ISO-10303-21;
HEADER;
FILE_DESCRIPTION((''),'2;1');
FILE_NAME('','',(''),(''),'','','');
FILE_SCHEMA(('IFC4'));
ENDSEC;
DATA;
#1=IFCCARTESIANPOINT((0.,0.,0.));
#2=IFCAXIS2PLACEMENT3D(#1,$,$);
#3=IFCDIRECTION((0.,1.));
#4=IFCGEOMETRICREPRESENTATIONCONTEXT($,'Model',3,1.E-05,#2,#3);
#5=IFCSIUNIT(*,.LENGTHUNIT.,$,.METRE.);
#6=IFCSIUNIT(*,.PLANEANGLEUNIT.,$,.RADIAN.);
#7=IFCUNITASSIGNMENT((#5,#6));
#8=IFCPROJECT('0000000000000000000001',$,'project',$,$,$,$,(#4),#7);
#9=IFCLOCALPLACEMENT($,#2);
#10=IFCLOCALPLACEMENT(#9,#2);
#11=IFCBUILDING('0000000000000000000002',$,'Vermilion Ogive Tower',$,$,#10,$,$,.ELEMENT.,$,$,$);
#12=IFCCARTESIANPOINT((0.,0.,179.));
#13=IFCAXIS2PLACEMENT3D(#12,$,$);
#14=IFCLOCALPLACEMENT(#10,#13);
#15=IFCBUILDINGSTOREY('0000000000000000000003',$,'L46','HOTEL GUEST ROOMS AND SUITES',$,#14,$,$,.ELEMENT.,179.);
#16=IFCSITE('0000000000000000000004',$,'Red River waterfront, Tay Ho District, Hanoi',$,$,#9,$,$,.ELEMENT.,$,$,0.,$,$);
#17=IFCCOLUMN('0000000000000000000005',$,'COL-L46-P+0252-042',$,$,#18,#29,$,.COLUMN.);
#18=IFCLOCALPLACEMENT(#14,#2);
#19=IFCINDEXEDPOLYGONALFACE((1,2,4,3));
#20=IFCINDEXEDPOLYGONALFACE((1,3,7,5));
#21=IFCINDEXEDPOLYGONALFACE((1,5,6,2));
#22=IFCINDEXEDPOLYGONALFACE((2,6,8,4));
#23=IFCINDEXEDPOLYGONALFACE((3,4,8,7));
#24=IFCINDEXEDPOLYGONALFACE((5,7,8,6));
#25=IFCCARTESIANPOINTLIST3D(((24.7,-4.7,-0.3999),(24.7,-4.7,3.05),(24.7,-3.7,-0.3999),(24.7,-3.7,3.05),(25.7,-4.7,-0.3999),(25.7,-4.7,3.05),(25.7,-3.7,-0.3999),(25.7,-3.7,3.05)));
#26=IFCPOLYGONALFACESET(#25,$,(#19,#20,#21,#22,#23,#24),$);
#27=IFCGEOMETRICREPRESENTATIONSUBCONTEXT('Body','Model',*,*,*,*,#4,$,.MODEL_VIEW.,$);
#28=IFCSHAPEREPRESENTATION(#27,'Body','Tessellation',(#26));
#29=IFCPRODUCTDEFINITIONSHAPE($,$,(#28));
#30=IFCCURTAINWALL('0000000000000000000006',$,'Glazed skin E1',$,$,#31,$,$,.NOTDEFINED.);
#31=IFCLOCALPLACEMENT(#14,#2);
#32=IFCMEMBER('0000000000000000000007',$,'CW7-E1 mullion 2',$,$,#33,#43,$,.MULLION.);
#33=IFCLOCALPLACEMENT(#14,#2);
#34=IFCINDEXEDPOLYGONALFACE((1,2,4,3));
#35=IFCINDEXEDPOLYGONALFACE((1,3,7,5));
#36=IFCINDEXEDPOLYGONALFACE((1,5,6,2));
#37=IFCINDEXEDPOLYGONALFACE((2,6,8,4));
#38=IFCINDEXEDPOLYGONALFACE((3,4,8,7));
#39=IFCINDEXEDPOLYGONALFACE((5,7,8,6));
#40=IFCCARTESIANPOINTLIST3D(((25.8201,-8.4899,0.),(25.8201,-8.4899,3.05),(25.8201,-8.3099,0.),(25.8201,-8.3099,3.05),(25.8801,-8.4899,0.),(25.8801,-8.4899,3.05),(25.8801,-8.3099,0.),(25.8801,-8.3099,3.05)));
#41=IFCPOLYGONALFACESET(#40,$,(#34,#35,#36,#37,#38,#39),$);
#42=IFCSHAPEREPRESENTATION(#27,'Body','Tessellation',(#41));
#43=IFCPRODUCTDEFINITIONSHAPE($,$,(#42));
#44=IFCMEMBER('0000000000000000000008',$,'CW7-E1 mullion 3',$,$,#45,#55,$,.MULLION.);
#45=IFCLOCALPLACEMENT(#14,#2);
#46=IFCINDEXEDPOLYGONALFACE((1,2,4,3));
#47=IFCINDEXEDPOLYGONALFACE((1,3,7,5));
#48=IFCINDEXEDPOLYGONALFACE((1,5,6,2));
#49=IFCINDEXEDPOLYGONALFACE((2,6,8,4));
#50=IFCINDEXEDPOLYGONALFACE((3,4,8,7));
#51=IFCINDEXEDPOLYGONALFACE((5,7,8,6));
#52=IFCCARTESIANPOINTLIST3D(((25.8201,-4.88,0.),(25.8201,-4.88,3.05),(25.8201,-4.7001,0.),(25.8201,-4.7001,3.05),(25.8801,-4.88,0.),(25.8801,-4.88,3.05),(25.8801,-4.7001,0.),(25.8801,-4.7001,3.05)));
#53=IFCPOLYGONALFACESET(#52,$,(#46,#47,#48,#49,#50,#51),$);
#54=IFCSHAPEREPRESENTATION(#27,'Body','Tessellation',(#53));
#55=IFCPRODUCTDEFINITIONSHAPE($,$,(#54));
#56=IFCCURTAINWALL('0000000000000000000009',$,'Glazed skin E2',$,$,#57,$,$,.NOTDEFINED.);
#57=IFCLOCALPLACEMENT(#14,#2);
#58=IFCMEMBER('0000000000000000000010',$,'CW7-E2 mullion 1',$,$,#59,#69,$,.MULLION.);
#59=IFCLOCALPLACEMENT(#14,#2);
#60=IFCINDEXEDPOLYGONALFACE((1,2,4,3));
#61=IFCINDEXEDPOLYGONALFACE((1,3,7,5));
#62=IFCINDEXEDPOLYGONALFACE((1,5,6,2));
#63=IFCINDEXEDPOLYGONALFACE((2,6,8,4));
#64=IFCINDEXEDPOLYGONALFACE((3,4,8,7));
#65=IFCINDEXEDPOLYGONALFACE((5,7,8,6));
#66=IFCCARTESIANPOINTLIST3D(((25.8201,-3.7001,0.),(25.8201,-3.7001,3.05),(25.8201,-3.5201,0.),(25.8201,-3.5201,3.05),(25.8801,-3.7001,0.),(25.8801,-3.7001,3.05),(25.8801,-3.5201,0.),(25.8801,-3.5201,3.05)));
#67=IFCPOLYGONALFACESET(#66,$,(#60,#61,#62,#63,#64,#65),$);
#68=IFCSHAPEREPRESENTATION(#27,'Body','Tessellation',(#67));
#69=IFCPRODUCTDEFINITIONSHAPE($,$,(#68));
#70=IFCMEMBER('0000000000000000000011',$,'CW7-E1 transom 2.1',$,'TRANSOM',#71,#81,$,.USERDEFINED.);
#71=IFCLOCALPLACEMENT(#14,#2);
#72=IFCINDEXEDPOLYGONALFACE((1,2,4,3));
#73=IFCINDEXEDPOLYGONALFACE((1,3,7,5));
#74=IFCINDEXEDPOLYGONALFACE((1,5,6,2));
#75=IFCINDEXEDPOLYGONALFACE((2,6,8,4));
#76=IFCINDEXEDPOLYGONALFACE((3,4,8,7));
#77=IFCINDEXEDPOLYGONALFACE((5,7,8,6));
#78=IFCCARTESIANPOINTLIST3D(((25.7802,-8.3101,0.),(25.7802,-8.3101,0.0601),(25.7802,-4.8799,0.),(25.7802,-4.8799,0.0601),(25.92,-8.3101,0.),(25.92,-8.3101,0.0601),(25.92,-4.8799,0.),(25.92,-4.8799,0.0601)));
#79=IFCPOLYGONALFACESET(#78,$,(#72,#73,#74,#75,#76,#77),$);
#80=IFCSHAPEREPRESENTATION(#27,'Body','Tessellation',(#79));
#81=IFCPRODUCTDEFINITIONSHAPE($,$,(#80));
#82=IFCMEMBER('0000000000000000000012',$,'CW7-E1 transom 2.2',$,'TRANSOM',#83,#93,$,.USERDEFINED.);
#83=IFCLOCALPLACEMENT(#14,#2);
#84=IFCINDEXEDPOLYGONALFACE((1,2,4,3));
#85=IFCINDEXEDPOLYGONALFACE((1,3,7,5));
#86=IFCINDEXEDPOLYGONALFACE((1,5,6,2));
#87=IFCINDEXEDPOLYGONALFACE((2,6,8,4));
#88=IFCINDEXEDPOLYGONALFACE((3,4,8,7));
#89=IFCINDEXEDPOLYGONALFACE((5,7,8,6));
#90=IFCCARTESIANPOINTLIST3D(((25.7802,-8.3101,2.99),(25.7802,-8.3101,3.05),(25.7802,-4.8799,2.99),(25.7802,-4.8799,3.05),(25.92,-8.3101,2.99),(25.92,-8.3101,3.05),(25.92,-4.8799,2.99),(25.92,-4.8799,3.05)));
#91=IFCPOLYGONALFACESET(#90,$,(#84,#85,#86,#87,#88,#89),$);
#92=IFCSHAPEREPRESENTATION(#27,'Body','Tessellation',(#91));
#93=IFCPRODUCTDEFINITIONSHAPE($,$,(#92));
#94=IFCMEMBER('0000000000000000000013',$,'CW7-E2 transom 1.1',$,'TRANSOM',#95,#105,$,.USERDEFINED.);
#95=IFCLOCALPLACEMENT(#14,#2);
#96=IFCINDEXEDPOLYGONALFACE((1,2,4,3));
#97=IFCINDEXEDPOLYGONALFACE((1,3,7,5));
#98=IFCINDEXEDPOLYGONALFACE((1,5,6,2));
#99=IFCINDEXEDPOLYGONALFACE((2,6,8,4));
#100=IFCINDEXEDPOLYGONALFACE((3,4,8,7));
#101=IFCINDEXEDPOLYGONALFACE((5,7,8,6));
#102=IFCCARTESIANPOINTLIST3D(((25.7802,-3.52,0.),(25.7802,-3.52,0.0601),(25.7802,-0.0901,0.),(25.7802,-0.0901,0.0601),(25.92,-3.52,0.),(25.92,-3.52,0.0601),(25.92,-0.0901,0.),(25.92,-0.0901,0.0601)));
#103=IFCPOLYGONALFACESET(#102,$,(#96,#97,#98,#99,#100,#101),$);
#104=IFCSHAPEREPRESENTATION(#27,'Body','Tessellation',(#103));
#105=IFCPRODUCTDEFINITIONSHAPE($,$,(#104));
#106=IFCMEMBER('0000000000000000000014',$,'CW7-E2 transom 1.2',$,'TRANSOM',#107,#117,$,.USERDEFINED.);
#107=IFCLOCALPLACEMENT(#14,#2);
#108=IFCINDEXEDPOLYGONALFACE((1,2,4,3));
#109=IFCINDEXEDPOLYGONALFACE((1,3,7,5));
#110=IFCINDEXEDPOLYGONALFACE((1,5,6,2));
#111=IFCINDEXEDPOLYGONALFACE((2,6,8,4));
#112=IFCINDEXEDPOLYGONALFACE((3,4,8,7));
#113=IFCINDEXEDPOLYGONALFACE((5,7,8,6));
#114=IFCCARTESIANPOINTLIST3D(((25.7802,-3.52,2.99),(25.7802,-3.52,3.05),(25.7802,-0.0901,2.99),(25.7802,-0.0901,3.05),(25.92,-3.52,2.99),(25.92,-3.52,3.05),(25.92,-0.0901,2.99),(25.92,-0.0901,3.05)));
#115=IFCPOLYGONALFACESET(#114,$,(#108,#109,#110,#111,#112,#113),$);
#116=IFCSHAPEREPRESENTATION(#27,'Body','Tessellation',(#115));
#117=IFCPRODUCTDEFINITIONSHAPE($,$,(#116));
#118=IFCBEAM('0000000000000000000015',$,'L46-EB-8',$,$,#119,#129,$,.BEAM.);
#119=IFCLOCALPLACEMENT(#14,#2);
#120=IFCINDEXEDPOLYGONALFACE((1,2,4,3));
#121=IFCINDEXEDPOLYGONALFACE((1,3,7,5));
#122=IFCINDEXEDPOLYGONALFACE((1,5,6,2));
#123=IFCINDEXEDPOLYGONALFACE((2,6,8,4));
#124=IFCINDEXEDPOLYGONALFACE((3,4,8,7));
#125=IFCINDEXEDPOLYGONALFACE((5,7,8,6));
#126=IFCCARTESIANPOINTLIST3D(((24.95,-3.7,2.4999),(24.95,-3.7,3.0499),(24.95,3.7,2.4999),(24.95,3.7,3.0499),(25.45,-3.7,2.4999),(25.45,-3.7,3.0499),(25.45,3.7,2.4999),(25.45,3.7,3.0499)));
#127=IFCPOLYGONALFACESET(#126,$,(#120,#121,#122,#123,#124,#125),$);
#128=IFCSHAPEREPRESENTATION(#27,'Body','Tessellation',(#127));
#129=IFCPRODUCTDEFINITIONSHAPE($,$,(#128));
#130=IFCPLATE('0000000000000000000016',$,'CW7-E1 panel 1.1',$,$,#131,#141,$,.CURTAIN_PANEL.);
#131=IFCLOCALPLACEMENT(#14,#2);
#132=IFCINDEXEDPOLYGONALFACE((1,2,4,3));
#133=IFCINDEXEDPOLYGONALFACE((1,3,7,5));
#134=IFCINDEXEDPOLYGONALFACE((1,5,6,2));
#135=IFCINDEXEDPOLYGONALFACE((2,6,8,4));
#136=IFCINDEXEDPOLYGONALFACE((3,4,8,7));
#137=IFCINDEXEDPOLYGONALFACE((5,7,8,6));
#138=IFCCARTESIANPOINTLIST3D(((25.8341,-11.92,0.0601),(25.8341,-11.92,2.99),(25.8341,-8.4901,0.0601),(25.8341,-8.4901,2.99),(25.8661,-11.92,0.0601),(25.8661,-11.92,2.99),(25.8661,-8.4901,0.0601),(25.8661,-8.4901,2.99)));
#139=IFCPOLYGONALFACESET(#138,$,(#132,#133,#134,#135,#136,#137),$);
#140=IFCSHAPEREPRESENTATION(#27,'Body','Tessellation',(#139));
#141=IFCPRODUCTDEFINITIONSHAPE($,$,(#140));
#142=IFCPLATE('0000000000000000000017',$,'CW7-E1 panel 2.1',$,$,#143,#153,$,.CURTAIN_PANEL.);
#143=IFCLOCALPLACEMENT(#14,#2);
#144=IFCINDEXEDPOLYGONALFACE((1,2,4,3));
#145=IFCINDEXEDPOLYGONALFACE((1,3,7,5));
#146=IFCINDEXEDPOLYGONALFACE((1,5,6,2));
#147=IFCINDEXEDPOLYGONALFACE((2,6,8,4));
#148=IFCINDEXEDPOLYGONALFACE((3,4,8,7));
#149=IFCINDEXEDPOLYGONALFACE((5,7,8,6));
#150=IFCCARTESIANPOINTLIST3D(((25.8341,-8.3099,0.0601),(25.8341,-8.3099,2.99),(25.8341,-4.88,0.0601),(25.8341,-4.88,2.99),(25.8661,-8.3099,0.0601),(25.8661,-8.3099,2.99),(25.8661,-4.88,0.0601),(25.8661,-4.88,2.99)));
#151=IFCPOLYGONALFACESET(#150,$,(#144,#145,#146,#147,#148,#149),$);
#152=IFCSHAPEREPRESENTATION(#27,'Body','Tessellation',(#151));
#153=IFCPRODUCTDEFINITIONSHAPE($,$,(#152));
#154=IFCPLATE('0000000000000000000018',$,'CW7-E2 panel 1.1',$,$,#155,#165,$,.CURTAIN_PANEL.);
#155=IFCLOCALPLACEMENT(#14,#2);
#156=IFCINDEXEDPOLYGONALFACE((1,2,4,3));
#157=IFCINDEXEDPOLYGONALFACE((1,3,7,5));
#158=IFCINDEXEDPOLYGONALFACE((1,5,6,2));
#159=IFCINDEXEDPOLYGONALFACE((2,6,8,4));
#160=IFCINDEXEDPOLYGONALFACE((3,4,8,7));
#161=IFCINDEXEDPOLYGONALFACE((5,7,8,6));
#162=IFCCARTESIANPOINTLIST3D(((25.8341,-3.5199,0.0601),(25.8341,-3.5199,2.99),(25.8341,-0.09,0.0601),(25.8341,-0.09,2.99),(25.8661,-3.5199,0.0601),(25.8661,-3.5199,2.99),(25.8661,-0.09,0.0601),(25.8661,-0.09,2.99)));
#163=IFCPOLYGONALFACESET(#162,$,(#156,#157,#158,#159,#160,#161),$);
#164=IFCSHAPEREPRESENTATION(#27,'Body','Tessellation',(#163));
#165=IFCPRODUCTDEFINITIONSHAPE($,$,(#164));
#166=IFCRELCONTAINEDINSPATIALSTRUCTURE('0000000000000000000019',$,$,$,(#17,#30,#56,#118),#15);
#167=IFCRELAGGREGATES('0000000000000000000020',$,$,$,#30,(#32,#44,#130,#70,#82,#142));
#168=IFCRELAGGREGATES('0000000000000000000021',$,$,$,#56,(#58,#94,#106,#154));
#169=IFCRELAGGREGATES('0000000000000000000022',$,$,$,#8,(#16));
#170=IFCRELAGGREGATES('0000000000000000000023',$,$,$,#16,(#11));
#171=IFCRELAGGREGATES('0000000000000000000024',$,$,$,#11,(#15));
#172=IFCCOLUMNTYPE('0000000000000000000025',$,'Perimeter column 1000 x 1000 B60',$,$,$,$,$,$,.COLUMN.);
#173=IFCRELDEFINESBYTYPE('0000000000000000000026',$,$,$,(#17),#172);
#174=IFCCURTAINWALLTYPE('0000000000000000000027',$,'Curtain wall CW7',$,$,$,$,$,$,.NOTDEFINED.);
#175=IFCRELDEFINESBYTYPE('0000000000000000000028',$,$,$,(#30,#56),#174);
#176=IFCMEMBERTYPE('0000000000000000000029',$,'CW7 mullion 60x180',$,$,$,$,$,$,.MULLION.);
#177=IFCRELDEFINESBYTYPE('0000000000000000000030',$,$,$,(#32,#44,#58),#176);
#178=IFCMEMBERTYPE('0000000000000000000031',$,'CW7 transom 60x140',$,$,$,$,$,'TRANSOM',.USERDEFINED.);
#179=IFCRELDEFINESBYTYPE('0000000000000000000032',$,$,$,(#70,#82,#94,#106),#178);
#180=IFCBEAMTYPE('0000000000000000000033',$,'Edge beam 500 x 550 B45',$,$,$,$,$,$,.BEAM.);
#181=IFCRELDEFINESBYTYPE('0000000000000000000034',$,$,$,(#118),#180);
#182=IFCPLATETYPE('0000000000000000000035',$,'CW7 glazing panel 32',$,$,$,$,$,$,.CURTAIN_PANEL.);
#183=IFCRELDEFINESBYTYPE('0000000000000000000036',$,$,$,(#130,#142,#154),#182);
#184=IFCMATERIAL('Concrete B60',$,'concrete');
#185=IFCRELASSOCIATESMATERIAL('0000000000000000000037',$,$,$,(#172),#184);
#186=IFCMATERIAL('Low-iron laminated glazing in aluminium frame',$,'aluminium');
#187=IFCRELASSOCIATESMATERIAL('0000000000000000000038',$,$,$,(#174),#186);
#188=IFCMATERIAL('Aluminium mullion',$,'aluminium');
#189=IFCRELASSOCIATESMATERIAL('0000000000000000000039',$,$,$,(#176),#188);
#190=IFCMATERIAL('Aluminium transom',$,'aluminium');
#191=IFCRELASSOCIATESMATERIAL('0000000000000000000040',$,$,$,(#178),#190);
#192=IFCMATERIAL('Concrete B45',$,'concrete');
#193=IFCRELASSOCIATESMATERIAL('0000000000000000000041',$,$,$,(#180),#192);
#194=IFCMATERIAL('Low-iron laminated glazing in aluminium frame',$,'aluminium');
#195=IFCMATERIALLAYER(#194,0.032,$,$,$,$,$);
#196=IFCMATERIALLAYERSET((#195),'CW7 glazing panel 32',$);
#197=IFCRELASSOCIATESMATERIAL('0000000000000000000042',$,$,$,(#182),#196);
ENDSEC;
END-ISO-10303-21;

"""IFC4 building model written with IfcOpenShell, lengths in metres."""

from ifc_helpers import new_model, si_unit, direction, frame, origin, origin_2d, place, context, subcontext, project, spatial, rectangle, extrude, material, layer, layer_set, material_profile, profile_set, type_object, element, aggregate, save


model = new_model("IFC4")

# Units and contexts
model_context = context("Model", 3, precision=1e-05, world=origin(), true_north=direction((0.0, 1.0)))
body_context = subcontext(model_context, "Body", "Model", "MODEL_VIEW")
ifc_project = project(units=[si_unit("LENGTHUNIT", "METRE"), si_unit("PLANEANGLEUNIT", "RADIAN")], contexts=[model_context])

# Site, building, storey
site_placement = place(None, origin())
site = spatial("IfcSite", under=ifc_project, at=site_placement, Name="Red River waterfront, Tay Ho District, Hanoi", CompositionType="ELEMENT", RefElevation=0.0)
building_placement = place(site_placement, origin())
building = spatial("IfcBuilding", under=site, at=building_placement, Name="Vermilion Ogive Tower", CompositionType="ELEMENT")
storey_placement = place(building_placement, frame((0.0, 0.0, 179.0)))
storey = spatial("IfcBuildingStorey", under=building, at=storey_placement, Name="L46", Description="HOTEL GUEST ROOMS AND SUITES", CompositionType="ELEMENT", Elevation=179.0)

# Column
ifc_material_1 = material(Name="Concrete B60", Category="concrete")
ifc_material_profile_1 = material_profile(ifc_material_1, rectangle(XDim=1.0, YDim=1.0, at=origin_2d()), Name="1000 x 1000")
ifc_profile_set_1 = profile_set([ifc_material_profile_1], Name="Concrete B60")
column_type = type_object("IfcColumnType", Name="Perimeter column 1000 x 1000 B60", PredefinedType="COLUMN", material=ifc_profile_set_1)
column_placement = place(storey_placement, frame((25.2, -4.2, -0.3999), z_axis=(0.0, 0.0, 1.0), x_axis=(1.0, 0.0, 0.0)))
element("IfcColumn", 1, at=column_placement, inside=storey, type_object=column_type, Name="COL-L46-P+0252-042", PredefinedType="COLUMN", context=body_context, shape_type="SweptSolid", body=[
    extrude(rectangle(XDim=1.0, YDim=1.0, at=origin_2d()), origin(), (0.0, 0.0, 1.0), 3.45),
])

# Curtain wall, members
ifc_material_2 = material(Name="Low-iron laminated glazing in aluminium frame", Category="aluminium")
curtain_wall_type = type_object("IfcCurtainWallType", Name="Curtain wall CW7", PredefinedType="NOTDEFINED", material=ifc_material_2)
curtain_wall_1_placement = place(storey_placement, origin())
curtain_wall_1 = element("IfcCurtainWall", 2, at=curtain_wall_1_placement, inside=storey, type_object=curtain_wall_type, Name="Glazed skin E1", PredefinedType="NOTDEFINED")
ifc_material_3 = material(Name="Aluminium mullion", Category="aluminium")
ifc_material_profile_2 = material_profile(ifc_material_3, rectangle(XDim=0.0601, YDim=0.1799, at=origin_2d()), Name="AL 60x180")
ifc_profile_set_2 = profile_set([ifc_material_profile_2], Name="Aluminium mullion")
member_type_1 = type_object("IfcMemberType", Name="CW7 mullion 60x180", PredefinedType="MULLION", material=ifc_profile_set_2)
member_1_placement = place(storey_placement, frame((25.8501, -8.3999, 0.0), z_axis=(0.0, 0.0, 1.0), x_axis=(-1.0, 0.0, 0.0)))
member_1 = element("IfcMember", 3, at=member_1_placement, type_object=member_type_1, Name="CW7-E1 mullion 2", PredefinedType="MULLION", context=body_context, shape_type="SweptSolid", body=[
    extrude(rectangle(XDim=0.0601, YDim=0.1799, at=origin_2d()), origin(), (0.0, 0.0, 1.0), 3.05),
])
member_2_placement = place(storey_placement, frame((25.8501, -4.79, 0.0), z_axis=(0.0, 0.0, 1.0), x_axis=(-1.0, 0.0, 0.0)))
member_2 = element("IfcMember", 4, at=member_2_placement, type_object=member_type_1, Name="CW7-E1 mullion 3", PredefinedType="MULLION", context=body_context, shape_type="SweptSolid", body=[
    extrude(rectangle(XDim=0.0601, YDim=0.1799, at=origin_2d()), origin(), (0.0, 0.0, 1.0), 3.05),
])

# Curtain wall, member
curtain_wall_2_placement = place(storey_placement, origin())
curtain_wall_2 = element("IfcCurtainWall", 5, at=curtain_wall_2_placement, inside=storey, type_object=curtain_wall_type, Name="Glazed skin E2", PredefinedType="NOTDEFINED")
member_3_placement = place(storey_placement, frame((25.8501, -3.6101, 0.0), z_axis=(0.0, 0.0, 1.0), x_axis=(-1.0, 0.0, 0.0)))
member_3 = element("IfcMember", 6, at=member_3_placement, type_object=member_type_1, Name="CW7-E2 mullion 1", PredefinedType="MULLION", context=body_context, shape_type="SweptSolid", body=[
    extrude(rectangle(XDim=0.0601, YDim=0.1799, at=origin_2d()), origin(), (0.0, 0.0, 1.0), 3.05),
])

# Members
ifc_material_4 = material(Name="Aluminium transom", Category="aluminium")
ifc_material_profile_3 = material_profile(ifc_material_4, rectangle(XDim=0.1399, YDim=0.0601, at=origin_2d()), Name="AL 60x140")
ifc_profile_set_3 = profile_set([ifc_material_profile_3], Name="Aluminium transom")
member_type_2 = type_object("IfcMemberType", Name="CW7 transom 60x140", ElementType="TRANSOM", PredefinedType="USERDEFINED", material=ifc_profile_set_3)
member_4_placement = place(storey_placement, frame((25.8501, -8.3101, 0.03), z_axis=(0.0, 1.0, 0.0), x_axis=(-1.0, 0.0, 0.0)))
member_4 = element("IfcMember", 7, at=member_4_placement, type_object=member_type_2, Name="CW7-E1 transom 2.1", ObjectType="TRANSOM", PredefinedType="USERDEFINED", context=body_context, shape_type="SweptSolid", body=[
    extrude(rectangle(XDim=0.1399, YDim=0.0601, at=origin_2d()), origin(), (0.0, 0.0, 1.0), 3.4302),
])
member_5_placement = place(storey_placement, frame((25.8501, -8.3101, 3.02), z_axis=(0.0, 1.0, 0.0), x_axis=(-1.0, 0.0, 0.0)))
member_5 = element("IfcMember", 8, at=member_5_placement, type_object=member_type_2, Name="CW7-E1 transom 2.2", ObjectType="TRANSOM", PredefinedType="USERDEFINED", context=body_context, shape_type="SweptSolid", body=[
    extrude(rectangle(XDim=0.1399, YDim=0.0601, at=origin_2d()), origin(), (0.0, 0.0, 1.0), 3.4302),
])
member_6_placement = place(storey_placement, frame((25.8501, -3.52, 0.03), z_axis=(0.0, 1.0, 0.0), x_axis=(-1.0, 0.0, 0.0)))
member_6 = element("IfcMember", 9, at=member_6_placement, type_object=member_type_2, Name="CW7-E2 transom 1.1", ObjectType="TRANSOM", PredefinedType="USERDEFINED", context=body_context, shape_type="SweptSolid", body=[
    extrude(rectangle(XDim=0.1399, YDim=0.0601, at=origin_2d()), origin(), (0.0, 0.0, 1.0), 3.4299),
])
member_7_placement = place(storey_placement, frame((25.8501, -3.52, 3.02), z_axis=(0.0, 1.0, 0.0), x_axis=(-1.0, 0.0, 0.0)))
member_7 = element("IfcMember", 10, at=member_7_placement, type_object=member_type_2, Name="CW7-E2 transom 1.2", ObjectType="TRANSOM", PredefinedType="USERDEFINED", context=body_context, shape_type="SweptSolid", body=[
    extrude(rectangle(XDim=0.1399, YDim=0.0601, at=origin_2d()), origin(), (0.0, 0.0, 1.0), 3.4299),
])

# Beam
ifc_material_5 = material(Name="Concrete B45", Category="concrete")
ifc_material_profile_4 = material_profile(ifc_material_5, rectangle(XDim=0.5, YDim=0.55, at=origin_2d()), Name="500 x 550")
ifc_profile_set_4 = profile_set([ifc_material_profile_4], Name="Concrete B45")
beam_type = type_object("IfcBeamType", Name="Edge beam 500 x 550 B45", PredefinedType="BEAM", material=ifc_profile_set_4)
beam_placement = place(storey_placement, frame((25.2, -3.7, 2.7749), z_axis=(0.0, 1.0, 0.0), x_axis=(-1.0, 0.0, 0.0)))
element("IfcBeam", 11, at=beam_placement, inside=storey, type_object=beam_type, Name="L46-EB-8", PredefinedType="BEAM", context=body_context, shape_type="SweptSolid", body=[
    extrude(rectangle(XDim=0.5, YDim=0.55, at=origin_2d()), origin(), (0.0, 0.0, 1.0), 7.3999),
])

# Plates
ifc_material_6 = material(Name="Low-iron laminated glazing in aluminium frame", Category="aluminium")
ifc_layer = layer(ifc_material_6, 0.032)
ifc_layer_set = layer_set([ifc_layer], Name="CW7 glazing panel 32")
plate_type = type_object("IfcPlateType", Name="CW7 glazing panel 32", PredefinedType="CURTAIN_PANEL", material=ifc_layer_set)
plate_1_placement = place(storey_placement, frame((25.8501, -10.2051, 0.0601), z_axis=(0.0, 0.0, 1.0), x_axis=(0.0, 1.0, 0.0)))
plate_1 = element("IfcPlate", 12, at=plate_1_placement, type_object=plate_type, Name="CW7-E1 panel 1.1", PredefinedType="CURTAIN_PANEL", context=body_context, shape_type="SweptSolid", body=[
    extrude(rectangle(XDim=3.4299, YDim=0.032, at=origin_2d()), origin(), (0.0, 0.0, 1.0), 2.9299),
])
plate_2_placement = place(storey_placement, frame((25.8501, -6.595, 0.0601), z_axis=(0.0, 0.0, 1.0), x_axis=(0.0, 1.0, 0.0)))
plate_2 = element("IfcPlate", 13, at=plate_2_placement, type_object=plate_type, Name="CW7-E1 panel 2.1", PredefinedType="CURTAIN_PANEL", context=body_context, shape_type="SweptSolid", body=[
    extrude(rectangle(XDim=3.4299, YDim=0.032, at=origin_2d()), origin(), (0.0, 0.0, 1.0), 2.9299),
])
aggregate(curtain_wall_1, [member_1, member_2, plate_1, member_4, member_5, plate_2])
plate_3_placement = place(storey_placement, frame((25.8501, -1.8049, 0.0601), z_axis=(0.0, 0.0, 1.0), x_axis=(0.0, 1.0, 0.0)))
plate_3 = element("IfcPlate", 14, at=plate_3_placement, type_object=plate_type, Name="CW7-E2 panel 1.1", PredefinedType="CURTAIN_PANEL", context=body_context, shape_type="SweptSolid", body=[
    extrude(rectangle(XDim=3.4299, YDim=0.032, at=origin_2d()), origin(), (0.0, 0.0, 1.0), 2.9299),
])
aggregate(curtain_wall_2, [member_3, member_6, member_7, plate_3])

save(model, "model.ifc")
